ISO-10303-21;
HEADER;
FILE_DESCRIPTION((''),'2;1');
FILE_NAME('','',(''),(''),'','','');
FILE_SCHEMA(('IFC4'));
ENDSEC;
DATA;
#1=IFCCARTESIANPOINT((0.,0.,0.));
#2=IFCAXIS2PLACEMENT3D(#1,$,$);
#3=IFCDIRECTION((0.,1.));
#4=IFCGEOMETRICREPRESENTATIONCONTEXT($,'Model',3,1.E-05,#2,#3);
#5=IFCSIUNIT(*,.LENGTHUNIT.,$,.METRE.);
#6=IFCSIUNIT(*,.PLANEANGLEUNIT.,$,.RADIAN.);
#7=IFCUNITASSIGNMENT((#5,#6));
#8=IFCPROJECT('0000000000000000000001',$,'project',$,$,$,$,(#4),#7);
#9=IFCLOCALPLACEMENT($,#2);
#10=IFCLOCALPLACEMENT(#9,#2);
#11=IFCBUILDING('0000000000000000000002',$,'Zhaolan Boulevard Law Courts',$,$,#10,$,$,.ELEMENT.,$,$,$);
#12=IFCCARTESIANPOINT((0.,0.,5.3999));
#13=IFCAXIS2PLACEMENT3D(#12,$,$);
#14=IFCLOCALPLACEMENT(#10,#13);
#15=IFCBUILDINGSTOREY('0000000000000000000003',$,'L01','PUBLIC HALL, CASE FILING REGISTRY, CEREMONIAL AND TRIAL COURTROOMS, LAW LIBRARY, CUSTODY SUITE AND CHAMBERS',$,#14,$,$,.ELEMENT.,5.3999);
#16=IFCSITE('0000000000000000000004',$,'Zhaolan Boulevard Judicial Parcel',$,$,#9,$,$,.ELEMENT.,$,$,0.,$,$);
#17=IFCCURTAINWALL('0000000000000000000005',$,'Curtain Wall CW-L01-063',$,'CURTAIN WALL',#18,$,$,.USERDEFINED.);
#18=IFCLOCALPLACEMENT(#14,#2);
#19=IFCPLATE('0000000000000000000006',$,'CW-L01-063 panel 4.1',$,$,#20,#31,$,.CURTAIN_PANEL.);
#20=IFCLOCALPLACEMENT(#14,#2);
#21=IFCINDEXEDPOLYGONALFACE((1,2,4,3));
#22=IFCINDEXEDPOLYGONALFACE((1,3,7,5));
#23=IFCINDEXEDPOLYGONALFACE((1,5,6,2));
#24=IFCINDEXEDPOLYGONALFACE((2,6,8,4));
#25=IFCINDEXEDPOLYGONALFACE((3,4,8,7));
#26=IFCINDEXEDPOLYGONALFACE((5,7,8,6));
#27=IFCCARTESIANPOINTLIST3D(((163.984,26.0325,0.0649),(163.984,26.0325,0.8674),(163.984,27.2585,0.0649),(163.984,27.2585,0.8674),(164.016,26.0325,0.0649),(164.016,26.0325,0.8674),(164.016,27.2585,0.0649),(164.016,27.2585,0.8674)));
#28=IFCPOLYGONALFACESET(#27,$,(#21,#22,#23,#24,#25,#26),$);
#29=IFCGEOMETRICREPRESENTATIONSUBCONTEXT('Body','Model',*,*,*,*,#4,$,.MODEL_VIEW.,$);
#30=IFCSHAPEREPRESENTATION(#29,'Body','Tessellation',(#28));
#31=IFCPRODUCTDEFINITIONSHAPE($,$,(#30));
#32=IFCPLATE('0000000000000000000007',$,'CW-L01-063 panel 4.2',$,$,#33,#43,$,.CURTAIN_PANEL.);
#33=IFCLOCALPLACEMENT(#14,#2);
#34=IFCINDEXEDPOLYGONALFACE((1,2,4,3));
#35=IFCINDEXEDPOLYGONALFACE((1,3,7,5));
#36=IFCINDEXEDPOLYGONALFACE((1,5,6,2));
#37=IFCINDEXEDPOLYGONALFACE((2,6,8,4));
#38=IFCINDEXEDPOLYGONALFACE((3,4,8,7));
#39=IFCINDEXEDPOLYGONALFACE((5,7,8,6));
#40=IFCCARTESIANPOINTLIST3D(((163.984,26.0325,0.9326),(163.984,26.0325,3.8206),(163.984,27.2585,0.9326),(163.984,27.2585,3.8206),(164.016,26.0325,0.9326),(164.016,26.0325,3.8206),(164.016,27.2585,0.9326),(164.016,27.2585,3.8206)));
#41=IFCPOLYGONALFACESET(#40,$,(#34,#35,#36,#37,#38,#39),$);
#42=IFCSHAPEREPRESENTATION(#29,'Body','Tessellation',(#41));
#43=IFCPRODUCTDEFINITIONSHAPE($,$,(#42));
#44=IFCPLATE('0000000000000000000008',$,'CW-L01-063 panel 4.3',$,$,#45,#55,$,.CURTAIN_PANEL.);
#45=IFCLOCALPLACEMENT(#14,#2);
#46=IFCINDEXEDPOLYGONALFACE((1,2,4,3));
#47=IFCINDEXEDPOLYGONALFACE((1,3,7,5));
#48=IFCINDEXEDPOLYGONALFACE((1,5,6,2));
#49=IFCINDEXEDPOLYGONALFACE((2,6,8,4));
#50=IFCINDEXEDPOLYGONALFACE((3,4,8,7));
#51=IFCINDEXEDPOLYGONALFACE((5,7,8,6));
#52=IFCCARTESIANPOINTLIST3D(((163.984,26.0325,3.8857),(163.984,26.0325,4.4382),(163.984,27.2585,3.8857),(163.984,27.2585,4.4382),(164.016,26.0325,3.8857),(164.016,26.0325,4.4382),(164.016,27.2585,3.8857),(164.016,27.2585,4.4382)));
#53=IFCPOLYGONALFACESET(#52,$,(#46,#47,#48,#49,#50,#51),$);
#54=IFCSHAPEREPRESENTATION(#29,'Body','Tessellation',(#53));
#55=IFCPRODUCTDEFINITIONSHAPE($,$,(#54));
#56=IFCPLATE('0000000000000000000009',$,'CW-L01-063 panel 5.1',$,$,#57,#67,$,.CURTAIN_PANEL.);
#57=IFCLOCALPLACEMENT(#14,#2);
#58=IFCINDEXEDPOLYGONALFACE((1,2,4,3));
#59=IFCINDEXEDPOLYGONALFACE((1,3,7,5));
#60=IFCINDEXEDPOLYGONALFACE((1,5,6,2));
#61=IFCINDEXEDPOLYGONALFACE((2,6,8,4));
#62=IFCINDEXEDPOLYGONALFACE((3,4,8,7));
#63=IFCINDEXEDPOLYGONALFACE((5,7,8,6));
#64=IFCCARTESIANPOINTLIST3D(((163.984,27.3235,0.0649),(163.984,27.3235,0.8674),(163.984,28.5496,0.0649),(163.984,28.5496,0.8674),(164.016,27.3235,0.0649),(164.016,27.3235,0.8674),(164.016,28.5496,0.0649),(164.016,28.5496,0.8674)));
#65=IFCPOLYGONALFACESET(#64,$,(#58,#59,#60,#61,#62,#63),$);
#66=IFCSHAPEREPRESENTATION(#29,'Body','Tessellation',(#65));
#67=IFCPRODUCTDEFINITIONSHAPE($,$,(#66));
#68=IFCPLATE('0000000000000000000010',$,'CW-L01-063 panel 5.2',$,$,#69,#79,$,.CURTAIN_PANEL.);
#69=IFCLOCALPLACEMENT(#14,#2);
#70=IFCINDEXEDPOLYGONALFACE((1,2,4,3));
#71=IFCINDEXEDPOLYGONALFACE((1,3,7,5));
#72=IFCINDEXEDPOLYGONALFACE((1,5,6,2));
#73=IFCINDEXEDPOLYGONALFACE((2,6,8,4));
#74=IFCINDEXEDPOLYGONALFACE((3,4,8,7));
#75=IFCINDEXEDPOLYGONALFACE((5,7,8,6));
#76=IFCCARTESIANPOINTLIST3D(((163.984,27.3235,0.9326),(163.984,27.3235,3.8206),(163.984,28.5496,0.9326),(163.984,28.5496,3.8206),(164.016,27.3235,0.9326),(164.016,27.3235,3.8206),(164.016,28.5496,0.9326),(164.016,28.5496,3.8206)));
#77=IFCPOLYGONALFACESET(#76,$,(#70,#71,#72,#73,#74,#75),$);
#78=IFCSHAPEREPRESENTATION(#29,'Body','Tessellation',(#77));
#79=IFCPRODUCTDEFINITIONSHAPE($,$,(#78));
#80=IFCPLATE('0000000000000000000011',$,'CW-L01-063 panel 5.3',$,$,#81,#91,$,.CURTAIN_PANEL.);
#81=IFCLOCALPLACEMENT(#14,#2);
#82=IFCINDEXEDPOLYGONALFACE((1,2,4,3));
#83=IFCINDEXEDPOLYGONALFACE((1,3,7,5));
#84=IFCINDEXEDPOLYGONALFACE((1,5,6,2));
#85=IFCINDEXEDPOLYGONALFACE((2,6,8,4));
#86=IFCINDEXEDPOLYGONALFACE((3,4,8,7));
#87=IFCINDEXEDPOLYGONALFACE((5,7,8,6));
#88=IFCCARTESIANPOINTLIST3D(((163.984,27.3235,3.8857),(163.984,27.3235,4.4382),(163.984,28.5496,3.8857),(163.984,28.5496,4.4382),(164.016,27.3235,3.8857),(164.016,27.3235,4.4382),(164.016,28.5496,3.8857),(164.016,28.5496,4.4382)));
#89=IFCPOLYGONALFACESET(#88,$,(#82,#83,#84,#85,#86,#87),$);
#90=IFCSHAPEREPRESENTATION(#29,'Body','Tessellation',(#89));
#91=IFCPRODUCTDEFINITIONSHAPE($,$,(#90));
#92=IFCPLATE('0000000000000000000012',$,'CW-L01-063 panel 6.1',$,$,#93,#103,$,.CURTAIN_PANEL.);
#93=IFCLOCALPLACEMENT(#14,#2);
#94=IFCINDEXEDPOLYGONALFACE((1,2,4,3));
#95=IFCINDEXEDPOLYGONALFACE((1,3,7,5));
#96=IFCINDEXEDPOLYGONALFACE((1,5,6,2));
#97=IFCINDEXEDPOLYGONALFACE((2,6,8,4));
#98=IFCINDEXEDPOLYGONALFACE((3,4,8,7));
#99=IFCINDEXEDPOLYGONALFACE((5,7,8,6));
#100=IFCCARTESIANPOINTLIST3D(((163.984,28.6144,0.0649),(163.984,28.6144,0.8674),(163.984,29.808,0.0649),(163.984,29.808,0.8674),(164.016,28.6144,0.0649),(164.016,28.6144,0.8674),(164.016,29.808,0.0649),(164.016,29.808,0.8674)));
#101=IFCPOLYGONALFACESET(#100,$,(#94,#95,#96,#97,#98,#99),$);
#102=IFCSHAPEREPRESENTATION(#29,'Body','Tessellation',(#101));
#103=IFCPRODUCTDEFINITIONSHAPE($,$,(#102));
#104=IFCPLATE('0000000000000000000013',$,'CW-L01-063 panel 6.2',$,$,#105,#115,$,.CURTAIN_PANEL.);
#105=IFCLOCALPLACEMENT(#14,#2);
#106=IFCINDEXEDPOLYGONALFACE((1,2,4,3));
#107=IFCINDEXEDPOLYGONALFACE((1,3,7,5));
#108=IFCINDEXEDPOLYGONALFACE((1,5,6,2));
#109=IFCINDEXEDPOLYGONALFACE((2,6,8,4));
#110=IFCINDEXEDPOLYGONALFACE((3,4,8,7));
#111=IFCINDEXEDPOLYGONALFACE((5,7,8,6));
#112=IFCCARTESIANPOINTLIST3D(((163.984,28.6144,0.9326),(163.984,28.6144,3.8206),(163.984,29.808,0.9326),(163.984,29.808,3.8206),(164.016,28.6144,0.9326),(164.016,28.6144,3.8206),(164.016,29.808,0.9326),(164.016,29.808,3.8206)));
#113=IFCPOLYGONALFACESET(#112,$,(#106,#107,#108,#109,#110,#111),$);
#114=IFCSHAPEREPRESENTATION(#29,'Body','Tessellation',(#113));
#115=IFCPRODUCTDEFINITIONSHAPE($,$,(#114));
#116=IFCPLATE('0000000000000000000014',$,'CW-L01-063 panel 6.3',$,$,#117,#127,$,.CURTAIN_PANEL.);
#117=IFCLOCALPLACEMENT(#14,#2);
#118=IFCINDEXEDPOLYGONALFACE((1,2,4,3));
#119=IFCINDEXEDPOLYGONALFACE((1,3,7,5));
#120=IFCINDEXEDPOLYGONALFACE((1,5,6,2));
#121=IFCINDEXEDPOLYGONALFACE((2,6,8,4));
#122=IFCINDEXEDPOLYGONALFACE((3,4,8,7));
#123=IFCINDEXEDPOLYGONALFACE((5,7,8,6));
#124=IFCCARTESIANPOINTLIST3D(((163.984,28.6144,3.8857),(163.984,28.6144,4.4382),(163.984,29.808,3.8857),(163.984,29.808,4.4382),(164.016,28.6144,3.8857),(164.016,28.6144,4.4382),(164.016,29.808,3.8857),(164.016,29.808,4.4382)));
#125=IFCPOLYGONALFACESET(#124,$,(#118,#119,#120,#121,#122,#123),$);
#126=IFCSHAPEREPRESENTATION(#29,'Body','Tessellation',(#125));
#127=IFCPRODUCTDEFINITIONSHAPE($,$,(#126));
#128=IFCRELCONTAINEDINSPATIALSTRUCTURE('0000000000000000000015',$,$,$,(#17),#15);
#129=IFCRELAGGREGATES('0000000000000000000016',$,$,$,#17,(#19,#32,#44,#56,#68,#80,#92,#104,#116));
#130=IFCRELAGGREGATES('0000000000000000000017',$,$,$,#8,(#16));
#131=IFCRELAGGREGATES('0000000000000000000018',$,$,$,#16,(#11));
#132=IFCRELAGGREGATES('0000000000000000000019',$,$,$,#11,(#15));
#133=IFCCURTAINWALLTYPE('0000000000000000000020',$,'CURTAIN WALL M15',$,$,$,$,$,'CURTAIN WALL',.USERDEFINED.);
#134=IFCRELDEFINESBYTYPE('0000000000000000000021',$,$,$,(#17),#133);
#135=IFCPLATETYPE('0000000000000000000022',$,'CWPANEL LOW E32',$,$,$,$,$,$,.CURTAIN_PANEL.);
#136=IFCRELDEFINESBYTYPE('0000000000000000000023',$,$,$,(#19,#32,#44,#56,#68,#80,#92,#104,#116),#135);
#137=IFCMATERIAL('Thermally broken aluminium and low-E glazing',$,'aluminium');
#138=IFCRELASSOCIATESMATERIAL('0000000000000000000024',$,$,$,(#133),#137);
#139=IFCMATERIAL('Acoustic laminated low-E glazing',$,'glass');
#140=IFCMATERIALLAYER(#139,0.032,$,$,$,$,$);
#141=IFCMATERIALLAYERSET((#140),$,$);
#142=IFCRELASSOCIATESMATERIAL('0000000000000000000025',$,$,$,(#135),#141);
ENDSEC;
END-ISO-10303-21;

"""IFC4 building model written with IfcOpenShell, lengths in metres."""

from ifc_helpers import new_model, si_unit, direction, frame, origin, origin_2d, place, context, subcontext, project, spatial, rectangle, extrude, material, layer, layer_set, type_object, element, aggregate, save


model = new_model("IFC4")

# Units and contexts
model_context = context("Model", 3, precision=1e-05, world=origin(), true_north=direction((0.0, 1.0)))
body_context = subcontext(model_context, "Body", "Model", "MODEL_VIEW")
ifc_project = project(units=[si_unit("LENGTHUNIT", "METRE"), si_unit("PLANEANGLEUNIT", "RADIAN")], contexts=[model_context])

# Site, building, storey
site_placement = place(None, origin())
site = spatial("IfcSite", under=ifc_project, at=site_placement, Name="Zhaolan Boulevard Judicial Parcel", CompositionType="ELEMENT", RefElevation=0.0)
building_placement = place(site_placement, origin())
building = spatial("IfcBuilding", under=site, at=building_placement, Name="Zhaolan Boulevard Law Courts", CompositionType="ELEMENT")
storey_placement = place(building_placement, frame((0.0, 0.0, 5.3999)))
storey = spatial("IfcBuildingStorey", under=building, at=storey_placement, Name="L01", Description="PUBLIC HALL, CASE FILING REGISTRY, CEREMONIAL AND TRIAL COURTROOMS, LAW LIBRARY, CUSTODY SUITE AND CHAMBERS", CompositionType="ELEMENT", Elevation=5.3999)

# Curtain wall, plates
ifc_material_1 = material(Name="Thermally broken aluminium and low-E glazing", Category="aluminium")
curtain_wall_type = type_object("IfcCurtainWallType", Name="CURTAIN WALL M15", ElementType="CURTAIN WALL", PredefinedType="USERDEFINED", material=ifc_material_1)
curtain_wall_placement = place(storey_placement, origin())
curtain_wall = element("IfcCurtainWall", 1, at=curtain_wall_placement, inside=storey, type_object=curtain_wall_type, Name="Curtain Wall CW-L01-063", ObjectType="CURTAIN WALL", PredefinedType="USERDEFINED")
ifc_material_2 = material(Name="Acoustic laminated low-E glazing", Category="glass")
ifc_layer = layer(ifc_material_2, 0.032)
ifc_layer_set = layer_set([ifc_layer])
plate_type = type_object("IfcPlateType", Name="CWPANEL LOW E32", PredefinedType="CURTAIN_PANEL", material=ifc_layer_set)
plate_1_placement = place(storey_placement, frame((164.0, 26.6455, 0.0649), z_axis=(0.0, 0.0, 1.0), x_axis=(0.0, 1.0, 0.0)))
plate_1 = element("IfcPlate", 2, at=plate_1_placement, type_object=plate_type, Name="CW-L01-063 panel 4.1", PredefinedType="CURTAIN_PANEL", context=body_context, shape_type="SweptSolid", body=[
    extrude(rectangle(XDim=1.2261, YDim=0.032, at=origin_2d()), origin(), (0.0, 0.0, 1.0), 0.8025),
])
plate_2_placement = place(storey_placement, frame((164.0, 26.6455, 0.9326), z_axis=(0.0, 0.0, 1.0), x_axis=(0.0, 1.0, 0.0)))
plate_2 = element("IfcPlate", 3, at=plate_2_placement, type_object=plate_type, Name="CW-L01-063 panel 4.2", PredefinedType="CURTAIN_PANEL", context=body_context, shape_type="SweptSolid", body=[
    extrude(rectangle(XDim=1.2261, YDim=0.032, at=origin_2d()), origin(), (0.0, 0.0, 1.0), 2.8879),
])
plate_3_placement = place(storey_placement, frame((164.0, 26.6455, 3.8857), z_axis=(0.0, 0.0, 1.0), x_axis=(0.0, 1.0, 0.0)))
plate_3 = element("IfcPlate", 4, at=plate_3_placement, type_object=plate_type, Name="CW-L01-063 panel 4.3", PredefinedType="CURTAIN_PANEL", context=body_context, shape_type="SweptSolid", body=[
    extrude(rectangle(XDim=1.2261, YDim=0.032, at=origin_2d()), origin(), (0.0, 0.0, 1.0), 0.5525),
])
plate_4_placement = place(storey_placement, frame((164.0, 27.9365, 0.0649), z_axis=(0.0, 0.0, 1.0), x_axis=(0.0, 1.0, 0.0)))
plate_4 = element("IfcPlate", 5, at=plate_4_placement, type_object=plate_type, Name="CW-L01-063 panel 5.1", PredefinedType="CURTAIN_PANEL", context=body_context, shape_type="SweptSolid", body=[
    extrude(rectangle(XDim=1.2261, YDim=0.032, at=origin_2d()), origin(), (0.0, 0.0, 1.0), 0.8025),
])
plate_5_placement = place(storey_placement, frame((164.0, 27.9365, 0.9326), z_axis=(0.0, 0.0, 1.0), x_axis=(0.0, 1.0, 0.0)))
plate_5 = element("IfcPlate", 6, at=plate_5_placement, type_object=plate_type, Name="CW-L01-063 panel 5.2", PredefinedType="CURTAIN_PANEL", context=body_context, shape_type="SweptSolid", body=[
    extrude(rectangle(XDim=1.2261, YDim=0.032, at=origin_2d()), origin(), (0.0, 0.0, 1.0), 2.8879),
])
plate_6_placement = place(storey_placement, frame((164.0, 27.9365, 3.8857), z_axis=(0.0, 0.0, 1.0), x_axis=(0.0, 1.0, 0.0)))
plate_6 = element("IfcPlate", 7, at=plate_6_placement, type_object=plate_type, Name="CW-L01-063 panel 5.3", PredefinedType="CURTAIN_PANEL", context=body_context, shape_type="SweptSolid", body=[
    extrude(rectangle(XDim=1.2261, YDim=0.032, at=origin_2d()), origin(), (0.0, 0.0, 1.0), 0.5525),
])
plate_7_placement = place(storey_placement, frame((164.0, 29.2112, 0.0649), z_axis=(0.0, 0.0, 1.0), x_axis=(0.0, 1.0, 0.0)))
plate_7 = element("IfcPlate", 8, at=plate_7_placement, type_object=plate_type, Name="CW-L01-063 panel 6.1", PredefinedType="CURTAIN_PANEL", context=body_context, shape_type="SweptSolid", body=[
    extrude(rectangle(XDim=1.1936, YDim=0.032, at=origin_2d()), origin(), (0.0, 0.0, 1.0), 0.8025),
])
plate_8_placement = place(storey_placement, frame((164.0, 29.2112, 0.9326), z_axis=(0.0, 0.0, 1.0), x_axis=(0.0, 1.0, 0.0)))
plate_8 = element("IfcPlate", 9, at=plate_8_placement, type_object=plate_type, Name="CW-L01-063 panel 6.2", PredefinedType="CURTAIN_PANEL", context=body_context, shape_type="SweptSolid", body=[
    extrude(rectangle(XDim=1.1936, YDim=0.032, at=origin_2d()), origin(), (0.0, 0.0, 1.0), 2.8879),
])
plate_9_placement = place(storey_placement, frame((164.0, 29.2112, 3.8857), z_axis=(0.0, 0.0, 1.0), x_axis=(0.0, 1.0, 0.0)))
plate_9 = element("IfcPlate", 10, at=plate_9_placement, type_object=plate_type, Name="CW-L01-063 panel 6.3", PredefinedType="CURTAIN_PANEL", context=body_context, shape_type="SweptSolid", body=[
    extrude(rectangle(XDim=1.1936, YDim=0.032, at=origin_2d()), origin(), (0.0, 0.0, 1.0), 0.5525),
])
aggregate(curtain_wall, [plate_1, plate_2, plate_3, plate_4, plate_5, plate_6, plate_7, plate_8, plate_9])

save(model, "model.ifc")
